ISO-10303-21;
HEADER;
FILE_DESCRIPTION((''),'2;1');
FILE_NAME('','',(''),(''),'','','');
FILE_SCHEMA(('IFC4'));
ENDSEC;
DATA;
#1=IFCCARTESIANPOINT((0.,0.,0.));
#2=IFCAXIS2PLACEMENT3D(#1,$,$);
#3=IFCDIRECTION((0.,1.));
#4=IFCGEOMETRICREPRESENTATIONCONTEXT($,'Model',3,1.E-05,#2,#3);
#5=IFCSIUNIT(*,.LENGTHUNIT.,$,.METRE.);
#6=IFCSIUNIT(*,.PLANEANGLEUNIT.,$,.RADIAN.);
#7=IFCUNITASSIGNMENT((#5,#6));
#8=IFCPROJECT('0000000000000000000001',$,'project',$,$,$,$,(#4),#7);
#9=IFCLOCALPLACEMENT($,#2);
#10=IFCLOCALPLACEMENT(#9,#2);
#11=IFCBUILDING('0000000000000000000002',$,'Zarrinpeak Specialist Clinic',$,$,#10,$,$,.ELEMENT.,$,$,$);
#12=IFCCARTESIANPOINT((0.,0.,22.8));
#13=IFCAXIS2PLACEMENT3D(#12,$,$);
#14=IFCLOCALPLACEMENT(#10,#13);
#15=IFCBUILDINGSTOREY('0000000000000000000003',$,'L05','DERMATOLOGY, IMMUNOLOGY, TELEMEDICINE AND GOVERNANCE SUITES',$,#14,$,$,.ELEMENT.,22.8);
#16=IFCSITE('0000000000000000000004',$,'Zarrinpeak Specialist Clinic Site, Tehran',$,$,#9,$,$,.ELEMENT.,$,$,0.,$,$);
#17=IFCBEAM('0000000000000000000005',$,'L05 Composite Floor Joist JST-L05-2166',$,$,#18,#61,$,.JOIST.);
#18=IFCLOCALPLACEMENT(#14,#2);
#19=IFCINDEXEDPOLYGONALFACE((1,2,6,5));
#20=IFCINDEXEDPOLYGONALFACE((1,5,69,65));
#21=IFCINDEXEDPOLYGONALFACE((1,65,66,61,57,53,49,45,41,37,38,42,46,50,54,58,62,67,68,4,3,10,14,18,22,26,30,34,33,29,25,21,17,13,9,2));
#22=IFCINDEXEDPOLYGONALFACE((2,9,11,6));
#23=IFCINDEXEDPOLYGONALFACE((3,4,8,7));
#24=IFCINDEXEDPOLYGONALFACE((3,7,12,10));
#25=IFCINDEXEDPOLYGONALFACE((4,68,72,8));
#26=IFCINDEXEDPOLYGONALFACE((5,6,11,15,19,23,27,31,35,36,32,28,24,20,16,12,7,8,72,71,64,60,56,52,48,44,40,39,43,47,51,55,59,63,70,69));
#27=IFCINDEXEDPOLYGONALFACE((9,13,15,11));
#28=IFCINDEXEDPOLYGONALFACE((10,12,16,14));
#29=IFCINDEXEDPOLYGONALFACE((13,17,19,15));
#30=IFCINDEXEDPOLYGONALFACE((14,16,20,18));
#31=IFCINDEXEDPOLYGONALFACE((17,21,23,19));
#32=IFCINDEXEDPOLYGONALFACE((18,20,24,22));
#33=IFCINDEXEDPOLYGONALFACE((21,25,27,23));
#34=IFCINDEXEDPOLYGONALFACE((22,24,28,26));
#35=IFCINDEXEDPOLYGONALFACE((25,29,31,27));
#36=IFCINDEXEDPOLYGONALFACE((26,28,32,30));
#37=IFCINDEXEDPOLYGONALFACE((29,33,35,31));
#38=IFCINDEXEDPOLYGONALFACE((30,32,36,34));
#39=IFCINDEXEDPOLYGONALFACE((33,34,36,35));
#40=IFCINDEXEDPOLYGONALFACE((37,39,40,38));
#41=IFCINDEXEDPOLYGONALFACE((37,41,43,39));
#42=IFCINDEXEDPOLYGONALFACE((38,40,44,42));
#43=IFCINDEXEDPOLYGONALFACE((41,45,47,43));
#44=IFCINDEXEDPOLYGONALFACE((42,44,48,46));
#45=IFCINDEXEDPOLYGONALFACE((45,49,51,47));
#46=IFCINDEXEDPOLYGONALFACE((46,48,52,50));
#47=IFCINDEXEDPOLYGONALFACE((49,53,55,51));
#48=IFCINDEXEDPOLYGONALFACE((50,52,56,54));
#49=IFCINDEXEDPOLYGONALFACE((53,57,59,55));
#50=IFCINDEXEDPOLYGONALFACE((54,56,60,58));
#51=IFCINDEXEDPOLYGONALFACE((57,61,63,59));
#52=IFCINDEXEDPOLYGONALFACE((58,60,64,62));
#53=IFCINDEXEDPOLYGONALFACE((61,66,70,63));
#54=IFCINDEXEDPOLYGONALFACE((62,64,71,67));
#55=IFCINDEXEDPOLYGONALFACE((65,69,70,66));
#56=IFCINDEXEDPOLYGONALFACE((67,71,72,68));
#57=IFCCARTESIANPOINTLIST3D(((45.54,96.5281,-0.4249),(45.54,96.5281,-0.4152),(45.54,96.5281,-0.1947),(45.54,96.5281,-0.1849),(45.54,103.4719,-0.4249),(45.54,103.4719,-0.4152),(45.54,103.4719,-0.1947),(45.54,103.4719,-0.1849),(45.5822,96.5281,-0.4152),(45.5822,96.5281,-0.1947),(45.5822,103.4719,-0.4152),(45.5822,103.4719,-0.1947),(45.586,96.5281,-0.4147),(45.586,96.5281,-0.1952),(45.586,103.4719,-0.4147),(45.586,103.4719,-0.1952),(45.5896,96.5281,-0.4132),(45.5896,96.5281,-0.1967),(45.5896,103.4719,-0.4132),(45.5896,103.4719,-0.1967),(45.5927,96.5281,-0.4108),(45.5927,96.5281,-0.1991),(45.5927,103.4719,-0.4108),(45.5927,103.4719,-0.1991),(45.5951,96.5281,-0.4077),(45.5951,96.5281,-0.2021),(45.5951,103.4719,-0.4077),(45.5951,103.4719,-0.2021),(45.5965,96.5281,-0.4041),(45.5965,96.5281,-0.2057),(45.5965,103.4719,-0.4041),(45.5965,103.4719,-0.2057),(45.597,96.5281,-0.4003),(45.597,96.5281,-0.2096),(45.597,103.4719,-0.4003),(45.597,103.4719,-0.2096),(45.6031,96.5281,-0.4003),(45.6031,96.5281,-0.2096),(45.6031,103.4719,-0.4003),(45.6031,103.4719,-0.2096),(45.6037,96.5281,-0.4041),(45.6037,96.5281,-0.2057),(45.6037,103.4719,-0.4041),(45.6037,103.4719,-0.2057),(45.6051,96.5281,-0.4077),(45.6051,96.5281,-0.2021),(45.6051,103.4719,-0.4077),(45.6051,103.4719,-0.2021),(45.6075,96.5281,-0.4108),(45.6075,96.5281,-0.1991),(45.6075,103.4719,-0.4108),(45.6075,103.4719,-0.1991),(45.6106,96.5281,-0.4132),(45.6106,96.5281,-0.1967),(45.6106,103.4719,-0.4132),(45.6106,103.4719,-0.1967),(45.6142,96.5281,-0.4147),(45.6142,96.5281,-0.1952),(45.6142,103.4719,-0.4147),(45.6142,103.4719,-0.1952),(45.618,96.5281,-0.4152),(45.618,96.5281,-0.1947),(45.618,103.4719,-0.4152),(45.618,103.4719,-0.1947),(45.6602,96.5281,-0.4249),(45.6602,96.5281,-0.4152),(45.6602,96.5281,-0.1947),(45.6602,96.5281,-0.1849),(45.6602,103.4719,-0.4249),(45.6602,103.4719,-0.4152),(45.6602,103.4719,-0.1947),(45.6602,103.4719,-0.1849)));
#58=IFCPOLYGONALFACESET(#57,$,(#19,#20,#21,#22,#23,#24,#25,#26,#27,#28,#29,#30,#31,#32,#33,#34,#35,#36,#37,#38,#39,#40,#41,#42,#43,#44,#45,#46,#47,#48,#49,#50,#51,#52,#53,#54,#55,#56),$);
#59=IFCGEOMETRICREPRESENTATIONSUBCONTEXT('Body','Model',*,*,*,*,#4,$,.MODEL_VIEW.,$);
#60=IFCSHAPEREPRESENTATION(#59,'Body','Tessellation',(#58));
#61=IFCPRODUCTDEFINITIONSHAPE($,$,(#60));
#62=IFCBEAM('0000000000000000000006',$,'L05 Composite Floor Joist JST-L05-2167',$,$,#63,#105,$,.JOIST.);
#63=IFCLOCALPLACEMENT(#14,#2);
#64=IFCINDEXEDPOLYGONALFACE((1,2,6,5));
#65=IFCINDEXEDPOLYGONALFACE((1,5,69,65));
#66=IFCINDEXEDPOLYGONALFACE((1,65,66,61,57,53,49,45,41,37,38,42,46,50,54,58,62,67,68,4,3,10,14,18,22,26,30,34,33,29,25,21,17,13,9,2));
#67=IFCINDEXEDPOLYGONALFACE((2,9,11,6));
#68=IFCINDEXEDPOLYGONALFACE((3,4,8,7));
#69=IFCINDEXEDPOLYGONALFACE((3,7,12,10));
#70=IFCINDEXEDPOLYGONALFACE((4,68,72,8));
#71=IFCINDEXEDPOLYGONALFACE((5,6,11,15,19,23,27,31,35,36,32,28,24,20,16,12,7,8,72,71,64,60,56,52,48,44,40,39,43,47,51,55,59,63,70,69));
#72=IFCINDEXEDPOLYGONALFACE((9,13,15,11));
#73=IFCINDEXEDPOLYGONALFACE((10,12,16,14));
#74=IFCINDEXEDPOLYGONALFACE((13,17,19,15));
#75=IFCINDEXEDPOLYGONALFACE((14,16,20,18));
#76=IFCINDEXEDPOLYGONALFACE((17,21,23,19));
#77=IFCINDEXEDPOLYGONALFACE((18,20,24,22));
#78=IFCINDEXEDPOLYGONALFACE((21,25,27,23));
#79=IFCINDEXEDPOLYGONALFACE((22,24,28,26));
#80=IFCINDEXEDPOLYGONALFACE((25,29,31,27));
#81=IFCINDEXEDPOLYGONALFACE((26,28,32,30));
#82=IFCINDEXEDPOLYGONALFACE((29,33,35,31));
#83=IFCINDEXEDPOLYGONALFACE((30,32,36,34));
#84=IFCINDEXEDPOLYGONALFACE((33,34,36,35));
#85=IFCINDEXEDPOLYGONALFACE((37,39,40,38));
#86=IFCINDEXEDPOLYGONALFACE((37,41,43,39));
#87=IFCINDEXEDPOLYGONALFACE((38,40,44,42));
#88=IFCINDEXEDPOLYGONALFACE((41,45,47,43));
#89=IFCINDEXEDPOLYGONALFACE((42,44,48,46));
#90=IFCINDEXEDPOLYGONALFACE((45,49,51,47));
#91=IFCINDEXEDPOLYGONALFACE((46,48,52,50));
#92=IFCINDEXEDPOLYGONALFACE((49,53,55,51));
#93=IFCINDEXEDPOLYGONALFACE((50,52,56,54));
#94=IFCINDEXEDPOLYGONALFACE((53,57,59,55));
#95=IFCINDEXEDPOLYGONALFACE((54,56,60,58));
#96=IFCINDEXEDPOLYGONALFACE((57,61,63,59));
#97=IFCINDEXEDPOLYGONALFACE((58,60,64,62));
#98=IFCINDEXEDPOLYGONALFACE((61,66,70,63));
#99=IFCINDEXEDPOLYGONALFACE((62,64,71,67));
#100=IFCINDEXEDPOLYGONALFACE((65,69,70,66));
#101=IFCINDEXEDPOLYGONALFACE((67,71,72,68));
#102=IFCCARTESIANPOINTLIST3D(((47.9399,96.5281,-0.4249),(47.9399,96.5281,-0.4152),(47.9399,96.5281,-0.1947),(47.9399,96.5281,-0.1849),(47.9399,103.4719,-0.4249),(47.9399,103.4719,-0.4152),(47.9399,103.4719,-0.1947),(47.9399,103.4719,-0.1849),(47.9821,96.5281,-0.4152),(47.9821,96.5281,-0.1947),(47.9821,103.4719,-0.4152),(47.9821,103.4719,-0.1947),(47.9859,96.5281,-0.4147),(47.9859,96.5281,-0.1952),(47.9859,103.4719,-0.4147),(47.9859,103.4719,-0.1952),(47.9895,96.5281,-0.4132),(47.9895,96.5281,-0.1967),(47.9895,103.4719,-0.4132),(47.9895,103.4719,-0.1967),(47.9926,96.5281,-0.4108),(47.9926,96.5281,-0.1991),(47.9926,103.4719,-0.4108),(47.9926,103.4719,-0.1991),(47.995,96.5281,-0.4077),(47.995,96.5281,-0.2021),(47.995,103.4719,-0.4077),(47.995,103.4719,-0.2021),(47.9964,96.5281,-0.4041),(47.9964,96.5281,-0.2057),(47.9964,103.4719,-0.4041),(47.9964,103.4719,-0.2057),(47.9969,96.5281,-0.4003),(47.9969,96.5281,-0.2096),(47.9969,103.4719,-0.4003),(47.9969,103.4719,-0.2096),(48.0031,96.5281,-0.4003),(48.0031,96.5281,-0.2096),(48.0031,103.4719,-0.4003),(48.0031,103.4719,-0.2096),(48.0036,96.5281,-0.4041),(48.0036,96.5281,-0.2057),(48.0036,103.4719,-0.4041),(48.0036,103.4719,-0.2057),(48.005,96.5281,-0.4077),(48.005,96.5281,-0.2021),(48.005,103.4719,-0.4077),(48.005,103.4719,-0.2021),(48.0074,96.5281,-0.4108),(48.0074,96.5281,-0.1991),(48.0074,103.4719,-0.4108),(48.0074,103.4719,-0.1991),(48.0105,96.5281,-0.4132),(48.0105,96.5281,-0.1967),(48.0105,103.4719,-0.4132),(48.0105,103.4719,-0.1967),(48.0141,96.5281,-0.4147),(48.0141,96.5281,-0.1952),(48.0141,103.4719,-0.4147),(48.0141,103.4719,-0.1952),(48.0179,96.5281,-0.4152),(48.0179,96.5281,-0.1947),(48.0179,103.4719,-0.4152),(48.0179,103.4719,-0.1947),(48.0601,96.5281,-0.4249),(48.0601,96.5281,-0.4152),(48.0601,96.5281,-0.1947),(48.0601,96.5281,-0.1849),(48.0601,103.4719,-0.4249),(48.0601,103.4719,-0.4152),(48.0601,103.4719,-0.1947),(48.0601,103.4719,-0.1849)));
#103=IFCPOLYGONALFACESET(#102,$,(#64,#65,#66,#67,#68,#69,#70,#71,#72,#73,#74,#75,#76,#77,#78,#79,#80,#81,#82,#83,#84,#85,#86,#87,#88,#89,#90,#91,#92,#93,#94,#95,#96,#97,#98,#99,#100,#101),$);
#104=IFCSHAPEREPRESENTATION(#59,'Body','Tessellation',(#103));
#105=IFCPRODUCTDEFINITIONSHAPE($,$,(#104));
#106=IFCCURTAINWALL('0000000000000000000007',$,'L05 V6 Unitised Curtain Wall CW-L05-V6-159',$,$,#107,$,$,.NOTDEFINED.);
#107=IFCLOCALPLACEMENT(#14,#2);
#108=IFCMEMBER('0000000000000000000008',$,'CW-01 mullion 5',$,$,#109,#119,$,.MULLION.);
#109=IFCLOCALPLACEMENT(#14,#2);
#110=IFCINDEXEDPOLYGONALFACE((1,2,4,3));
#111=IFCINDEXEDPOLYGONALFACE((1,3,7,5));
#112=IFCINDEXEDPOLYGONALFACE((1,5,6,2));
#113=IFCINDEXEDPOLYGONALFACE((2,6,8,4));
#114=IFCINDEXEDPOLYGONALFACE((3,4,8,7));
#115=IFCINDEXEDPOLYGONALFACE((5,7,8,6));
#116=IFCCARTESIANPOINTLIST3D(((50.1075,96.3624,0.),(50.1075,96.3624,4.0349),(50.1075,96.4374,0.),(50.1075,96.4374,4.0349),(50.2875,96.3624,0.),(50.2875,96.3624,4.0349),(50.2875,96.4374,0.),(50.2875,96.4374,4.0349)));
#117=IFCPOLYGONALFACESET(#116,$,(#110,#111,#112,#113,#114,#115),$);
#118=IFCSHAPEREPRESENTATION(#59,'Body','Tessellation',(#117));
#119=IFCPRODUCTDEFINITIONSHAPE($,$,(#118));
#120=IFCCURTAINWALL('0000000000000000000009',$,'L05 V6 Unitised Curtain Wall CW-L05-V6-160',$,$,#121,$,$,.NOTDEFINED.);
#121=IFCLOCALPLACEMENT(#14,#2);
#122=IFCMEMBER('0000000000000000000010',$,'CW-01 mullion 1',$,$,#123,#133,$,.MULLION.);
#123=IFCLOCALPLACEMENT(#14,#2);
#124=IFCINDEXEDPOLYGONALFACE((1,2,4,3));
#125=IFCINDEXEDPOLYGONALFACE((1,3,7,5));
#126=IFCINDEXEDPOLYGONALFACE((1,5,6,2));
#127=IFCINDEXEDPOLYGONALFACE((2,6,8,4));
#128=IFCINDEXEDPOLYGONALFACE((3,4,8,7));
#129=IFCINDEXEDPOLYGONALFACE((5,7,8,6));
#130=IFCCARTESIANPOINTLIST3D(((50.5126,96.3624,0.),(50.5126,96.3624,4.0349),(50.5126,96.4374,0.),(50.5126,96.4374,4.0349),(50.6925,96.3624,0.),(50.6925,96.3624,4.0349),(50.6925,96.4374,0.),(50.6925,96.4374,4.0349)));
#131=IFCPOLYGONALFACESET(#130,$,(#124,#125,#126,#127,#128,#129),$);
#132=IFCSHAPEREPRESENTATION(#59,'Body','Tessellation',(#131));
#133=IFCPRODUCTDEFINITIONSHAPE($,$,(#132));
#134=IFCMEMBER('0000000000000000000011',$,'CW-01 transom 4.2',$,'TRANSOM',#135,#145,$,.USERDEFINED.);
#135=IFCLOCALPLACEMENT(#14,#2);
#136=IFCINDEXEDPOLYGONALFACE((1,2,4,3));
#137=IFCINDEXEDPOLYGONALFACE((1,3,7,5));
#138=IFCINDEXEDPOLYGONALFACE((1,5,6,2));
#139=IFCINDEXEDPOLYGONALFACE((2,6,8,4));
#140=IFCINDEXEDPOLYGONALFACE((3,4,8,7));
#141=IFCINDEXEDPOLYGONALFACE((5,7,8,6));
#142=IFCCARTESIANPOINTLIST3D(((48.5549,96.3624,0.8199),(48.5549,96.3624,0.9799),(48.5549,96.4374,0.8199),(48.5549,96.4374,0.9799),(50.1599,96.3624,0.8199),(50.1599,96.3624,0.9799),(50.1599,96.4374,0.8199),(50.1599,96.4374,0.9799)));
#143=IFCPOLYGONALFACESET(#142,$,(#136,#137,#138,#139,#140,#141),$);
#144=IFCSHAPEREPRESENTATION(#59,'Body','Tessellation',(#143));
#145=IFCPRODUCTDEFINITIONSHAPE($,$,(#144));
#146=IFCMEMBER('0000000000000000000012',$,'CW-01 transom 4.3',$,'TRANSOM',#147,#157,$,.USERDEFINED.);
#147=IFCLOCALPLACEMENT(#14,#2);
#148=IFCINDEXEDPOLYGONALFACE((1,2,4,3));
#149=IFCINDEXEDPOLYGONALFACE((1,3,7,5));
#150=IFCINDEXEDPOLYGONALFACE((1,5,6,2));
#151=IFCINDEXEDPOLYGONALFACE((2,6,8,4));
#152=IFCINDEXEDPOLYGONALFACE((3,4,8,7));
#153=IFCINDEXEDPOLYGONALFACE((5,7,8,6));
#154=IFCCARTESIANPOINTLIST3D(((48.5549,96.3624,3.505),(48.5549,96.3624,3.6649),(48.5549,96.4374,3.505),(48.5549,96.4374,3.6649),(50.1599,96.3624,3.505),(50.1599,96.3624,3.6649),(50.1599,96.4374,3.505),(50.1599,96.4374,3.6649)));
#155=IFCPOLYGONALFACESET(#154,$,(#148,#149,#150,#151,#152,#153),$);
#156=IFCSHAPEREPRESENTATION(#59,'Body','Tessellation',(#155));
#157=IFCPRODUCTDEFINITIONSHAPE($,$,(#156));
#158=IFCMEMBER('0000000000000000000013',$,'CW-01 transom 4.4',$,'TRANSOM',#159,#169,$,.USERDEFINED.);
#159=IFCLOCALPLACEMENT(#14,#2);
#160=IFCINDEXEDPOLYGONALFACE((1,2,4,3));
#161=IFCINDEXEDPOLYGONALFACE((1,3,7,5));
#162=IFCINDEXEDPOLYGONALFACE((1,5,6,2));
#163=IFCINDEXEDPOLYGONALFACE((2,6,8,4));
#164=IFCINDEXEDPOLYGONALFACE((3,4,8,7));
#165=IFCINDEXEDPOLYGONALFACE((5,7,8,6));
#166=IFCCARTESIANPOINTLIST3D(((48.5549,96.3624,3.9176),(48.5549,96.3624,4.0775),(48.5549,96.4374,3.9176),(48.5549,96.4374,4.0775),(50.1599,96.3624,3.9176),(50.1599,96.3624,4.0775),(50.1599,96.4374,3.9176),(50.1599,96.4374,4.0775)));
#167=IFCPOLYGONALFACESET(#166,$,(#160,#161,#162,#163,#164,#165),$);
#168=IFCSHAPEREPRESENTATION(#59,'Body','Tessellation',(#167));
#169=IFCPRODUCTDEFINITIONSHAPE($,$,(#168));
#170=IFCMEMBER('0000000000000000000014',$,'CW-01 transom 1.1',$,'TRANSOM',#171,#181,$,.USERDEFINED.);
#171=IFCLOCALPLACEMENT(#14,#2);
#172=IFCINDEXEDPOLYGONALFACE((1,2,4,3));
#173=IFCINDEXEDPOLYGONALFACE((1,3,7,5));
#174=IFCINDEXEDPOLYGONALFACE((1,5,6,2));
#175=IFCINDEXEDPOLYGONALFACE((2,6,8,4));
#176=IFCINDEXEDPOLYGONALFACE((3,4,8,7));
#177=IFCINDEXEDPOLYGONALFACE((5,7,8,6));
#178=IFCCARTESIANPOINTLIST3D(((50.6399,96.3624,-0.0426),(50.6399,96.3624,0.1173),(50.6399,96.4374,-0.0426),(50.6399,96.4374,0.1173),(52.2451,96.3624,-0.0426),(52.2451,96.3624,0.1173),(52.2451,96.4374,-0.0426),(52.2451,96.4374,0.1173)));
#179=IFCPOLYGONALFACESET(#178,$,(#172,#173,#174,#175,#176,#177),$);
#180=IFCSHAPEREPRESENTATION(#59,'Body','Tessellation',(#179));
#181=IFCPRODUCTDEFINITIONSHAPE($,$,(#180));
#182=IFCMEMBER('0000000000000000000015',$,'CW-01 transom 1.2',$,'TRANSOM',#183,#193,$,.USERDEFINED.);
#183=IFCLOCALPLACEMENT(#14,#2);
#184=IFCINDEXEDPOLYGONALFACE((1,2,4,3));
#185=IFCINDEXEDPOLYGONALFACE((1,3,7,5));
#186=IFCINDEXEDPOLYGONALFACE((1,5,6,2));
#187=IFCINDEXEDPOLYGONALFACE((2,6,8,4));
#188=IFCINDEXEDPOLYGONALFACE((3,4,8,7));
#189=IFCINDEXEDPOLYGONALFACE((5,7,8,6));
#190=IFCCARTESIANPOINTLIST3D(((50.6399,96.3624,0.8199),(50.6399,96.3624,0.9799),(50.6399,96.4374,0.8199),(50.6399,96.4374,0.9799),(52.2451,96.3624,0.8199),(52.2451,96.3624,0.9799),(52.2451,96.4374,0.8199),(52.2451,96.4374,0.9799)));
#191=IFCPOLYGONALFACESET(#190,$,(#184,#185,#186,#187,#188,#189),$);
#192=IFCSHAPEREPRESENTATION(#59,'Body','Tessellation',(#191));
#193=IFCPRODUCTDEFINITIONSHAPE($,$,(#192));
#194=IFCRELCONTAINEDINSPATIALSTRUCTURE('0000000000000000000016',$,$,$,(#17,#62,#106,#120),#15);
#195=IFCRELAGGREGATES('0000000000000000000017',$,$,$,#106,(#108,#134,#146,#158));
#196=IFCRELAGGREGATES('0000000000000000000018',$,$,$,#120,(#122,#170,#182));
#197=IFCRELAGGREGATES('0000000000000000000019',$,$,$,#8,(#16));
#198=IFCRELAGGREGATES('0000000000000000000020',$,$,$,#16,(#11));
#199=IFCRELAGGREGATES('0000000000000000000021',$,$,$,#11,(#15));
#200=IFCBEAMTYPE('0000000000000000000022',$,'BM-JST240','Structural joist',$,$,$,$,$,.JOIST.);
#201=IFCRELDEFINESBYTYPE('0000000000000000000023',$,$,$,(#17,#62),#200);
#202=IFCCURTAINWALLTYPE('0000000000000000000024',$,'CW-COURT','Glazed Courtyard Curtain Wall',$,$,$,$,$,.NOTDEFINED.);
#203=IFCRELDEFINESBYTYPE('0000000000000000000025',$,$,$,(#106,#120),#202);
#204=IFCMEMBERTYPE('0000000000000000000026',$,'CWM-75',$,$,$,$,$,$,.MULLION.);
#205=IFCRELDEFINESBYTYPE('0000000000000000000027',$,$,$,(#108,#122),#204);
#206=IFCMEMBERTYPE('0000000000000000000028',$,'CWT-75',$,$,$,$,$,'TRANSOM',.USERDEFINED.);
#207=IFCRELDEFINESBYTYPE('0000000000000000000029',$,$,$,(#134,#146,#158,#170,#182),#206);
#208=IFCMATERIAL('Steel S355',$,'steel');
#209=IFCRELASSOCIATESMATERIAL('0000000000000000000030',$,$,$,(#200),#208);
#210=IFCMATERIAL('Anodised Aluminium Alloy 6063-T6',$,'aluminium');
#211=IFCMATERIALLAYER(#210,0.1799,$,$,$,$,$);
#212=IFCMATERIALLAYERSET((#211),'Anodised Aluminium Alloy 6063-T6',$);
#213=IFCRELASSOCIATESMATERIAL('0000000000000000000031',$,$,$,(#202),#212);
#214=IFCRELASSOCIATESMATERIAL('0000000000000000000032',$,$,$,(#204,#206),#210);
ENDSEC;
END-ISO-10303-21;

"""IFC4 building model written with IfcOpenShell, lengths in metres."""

from ifc_helpers import new_model, si_unit, direction, frame, origin, origin_2d, place, context, subcontext, project, spatial, rectangle, i_section, extrude, material, layer, layer_set, material_profile, profile_set, type_object, element, aggregate, save


model = new_model("IFC4")

# Units and contexts
model_context = context("Model", 3, precision=1e-05, world=origin(), true_north=direction((0.0, 1.0)))
body_context = subcontext(model_context, "Body", "Model", "MODEL_VIEW")
ifc_project = project(units=[si_unit("LENGTHUNIT", "METRE"), si_unit("PLANEANGLEUNIT", "RADIAN")], contexts=[model_context])

# Site, building, storey
site_placement = place(None, origin())
site = spatial("IfcSite", under=ifc_project, at=site_placement, Name="Zarrinpeak Specialist Clinic Site, Tehran", CompositionType="ELEMENT", RefElevation=0.0)
building_placement = place(site_placement, origin())
building = spatial("IfcBuilding", under=site, at=building_placement, Name="Zarrinpeak Specialist Clinic", CompositionType="ELEMENT")
storey_placement = place(building_placement, frame((0.0, 0.0, 22.8)))
storey = spatial("IfcBuildingStorey", under=building, at=storey_placement, Name="L05", Description="DERMATOLOGY, IMMUNOLOGY, TELEMEDICINE AND GOVERNANCE SUITES", CompositionType="ELEMENT", Elevation=22.8)

# Shared definitions
ifc_material_1 = material(Name="Steel S355", Category="steel")

# Beams
ifc_material_profile_1 = material_profile(ifc_material_1, i_section(OverallWidth=0.1201, OverallDepth=0.24, WebThickness=0.0061, FlangeThickness=0.0098, FilletRadius=0.0149, at=origin_2d()), Name="IPE 240")
ifc_profile_set_1 = profile_set([ifc_material_profile_1], Name="Steel S355")
beam_type_1 = type_object("IfcBeamType", Name="BM-JST240", Description="Structural joist", PredefinedType="JOIST", material=ifc_profile_set_1)
for number, where, z_axis, x_axis, name in (
    (1, (45.6001, 96.5281, -0.3049), (0.0, 1.0, 0.0), (-1.0, 0.0, 0.0), "L05 Composite Floor Joist JST-L05-2166"),
    (2, (48.0, 96.5281, -0.3049), (0.0, 1.0, 0.0), (-1.0, 0.0, 0.0), "L05 Composite Floor Joist JST-L05-2167"),
):
    element("IfcBeam", number, at=place(storey_placement, frame(where, z_axis=z_axis, x_axis=x_axis)), inside=storey, type_object=beam_type_1, Name=name, PredefinedType="JOIST", context=body_context, shape_type="SweptSolid", body=[
        extrude(i_section(OverallWidth=0.1201, OverallDepth=0.24, WebThickness=0.0061, FlangeThickness=0.0098, FilletRadius=0.0149, at=origin_2d()), origin(), (0.0, 0.0, 1.0), 6.9438),
    ])

# Curtain walls, members
ifc_material_2 = material(Name="Anodised Aluminium Alloy 6063-T6", Category="aluminium")
ifc_layer_1 = layer(ifc_material_2, 0.1799)
ifc_layer_set_1 = layer_set([ifc_layer_1], Name="Anodised Aluminium Alloy 6063-T6")
curtain_wall_type = type_object("IfcCurtainWallType", Name="CW-COURT", Description="Glazed Courtyard Curtain Wall", PredefinedType="NOTDEFINED", material=ifc_layer_set_1)
curtain_wall_1_placement = place(storey_placement, origin())
curtain_wall_1 = element("IfcCurtainWall", 3, at=curtain_wall_1_placement, inside=storey, type_object=curtain_wall_type, Name="L05 V6 Unitised Curtain Wall CW-L05-V6-159", PredefinedType="NOTDEFINED")
ifc_material_profile_2 = material_profile(ifc_material_2, rectangle(XDim=0.075, YDim=0.1799, at=origin_2d()), Name="ALU 75x180")
ifc_profile_set_2 = profile_set([ifc_material_profile_2], Name="Anodised Aluminium Alloy 6063-T6")
member_type_1 = type_object("IfcMemberType", Name="CWM-75", PredefinedType="MULLION", material=ifc_profile_set_2)
member_1_placement = place(storey_placement, frame((50.1975, 96.3999, 0.0), z_axis=(0.0, 0.0, 1.0), x_axis=(0.0, 1.0, 0.0)))
member_1 = element("IfcMember", 4, at=member_1_placement, type_object=member_type_1, Name="CW-01 mullion 5", PredefinedType="MULLION", context=body_context, shape_type="SweptSolid", body=[
    extrude(rectangle(XDim=0.075, YDim=0.1799, at=origin_2d()), origin(), (0.0, 0.0, 1.0), 4.0349),
])
curtain_wall_2_placement = place(storey_placement, origin())
curtain_wall_2 = element("IfcCurtainWall", 5, at=curtain_wall_2_placement, inside=storey, type_object=curtain_wall_type, Name="L05 V6 Unitised Curtain Wall CW-L05-V6-160", PredefinedType="NOTDEFINED")
member_2_placement = place(storey_placement, frame((50.6025, 96.3999, 0.0), z_axis=(0.0, 0.0, 1.0), x_axis=(0.0, 1.0, 0.0)))
member_2 = element("IfcMember", 6, at=member_2_placement, type_object=member_type_1, Name="CW-01 mullion 1", PredefinedType="MULLION", context=body_context, shape_type="SweptSolid", body=[
    extrude(rectangle(XDim=0.075, YDim=0.1799, at=origin_2d()), origin(), (0.0, 0.0, 1.0), 4.0349),
])

# Members
ifc_material_profile_3 = material_profile(ifc_material_2, rectangle(XDim=0.075, YDim=0.1599, at=origin_2d()), Name="ALU 75x160")
ifc_profile_set_3 = profile_set([ifc_material_profile_3], Name="Anodised Aluminium Alloy 6063-T6")
member_type_2 = type_object("IfcMemberType", Name="CWT-75", ElementType="TRANSOM", PredefinedType="USERDEFINED", material=ifc_profile_set_3)
member_3_placement = place(storey_placement, frame((48.5549, 96.3999, 0.8999), z_axis=(1.0, 0.0, 0.0), x_axis=(0.0, 1.0, 0.0)))
member_3 = element("IfcMember", 7, at=member_3_placement, type_object=member_type_2, Name="CW-01 transom 4.2", ObjectType="TRANSOM", PredefinedType="USERDEFINED", context=body_context, shape_type="SweptSolid", body=[
    extrude(rectangle(XDim=0.075, YDim=0.1599, at=origin_2d()), origin(), (0.0, 0.0, 1.0), 1.605),
])
member_4_placement = place(storey_placement, frame((48.5549, 96.3999, 3.585), z_axis=(1.0, 0.0, 0.0), x_axis=(0.0, 1.0, 0.0)))
member_4 = element("IfcMember", 8, at=member_4_placement, type_object=member_type_2, Name="CW-01 transom 4.3", ObjectType="TRANSOM", PredefinedType="USERDEFINED", context=body_context, shape_type="SweptSolid", body=[
    extrude(rectangle(XDim=0.075, YDim=0.1599, at=origin_2d()), origin(), (0.0, 0.0, 1.0), 1.605),
])
member_5_placement = place(storey_placement, frame((48.5549, 96.3999, 3.9976), z_axis=(1.0, 0.0, 0.0), x_axis=(0.0, 1.0, 0.0)))
member_5 = element("IfcMember", 9, at=member_5_placement, type_object=member_type_2, Name="CW-01 transom 4.4", ObjectType="TRANSOM", PredefinedType="USERDEFINED", context=body_context, shape_type="SweptSolid", body=[
    extrude(rectangle(XDim=0.075, YDim=0.1599, at=origin_2d()), origin(), (0.0, 0.0, 1.0), 1.605),
])
member_6_placement = place(storey_placement, frame((50.6399, 96.3999, 0.0374), z_axis=(1.0, 0.0, 0.0), x_axis=(0.0, 1.0, 0.0)))
member_6 = element("IfcMember", 10, at=member_6_placement, type_object=member_type_2, Name="CW-01 transom 1.1", ObjectType="TRANSOM", PredefinedType="USERDEFINED", context=body_context, shape_type="SweptSolid", body=[
    extrude(rectangle(XDim=0.075, YDim=0.1599, at=origin_2d()), origin(), (0.0, 0.0, 1.0), 1.6052),
])
member_7_placement = place(storey_placement, frame((50.6399, 96.3999, 0.8999), z_axis=(1.0, 0.0, 0.0), x_axis=(0.0, 1.0, 0.0)))
member_7 = element("IfcMember", 11, at=member_7_placement, type_object=member_type_2, Name="CW-01 transom 1.2", ObjectType="TRANSOM", PredefinedType="USERDEFINED", context=body_context, shape_type="SweptSolid", body=[
    extrude(rectangle(XDim=0.075, YDim=0.1599, at=origin_2d()), origin(), (0.0, 0.0, 1.0), 1.6052),
])

aggregate(curtain_wall_1, [member_1, member_3, member_4, member_5])
aggregate(curtain_wall_2, [member_2, member_6, member_7])

save(model, "model.ifc")
